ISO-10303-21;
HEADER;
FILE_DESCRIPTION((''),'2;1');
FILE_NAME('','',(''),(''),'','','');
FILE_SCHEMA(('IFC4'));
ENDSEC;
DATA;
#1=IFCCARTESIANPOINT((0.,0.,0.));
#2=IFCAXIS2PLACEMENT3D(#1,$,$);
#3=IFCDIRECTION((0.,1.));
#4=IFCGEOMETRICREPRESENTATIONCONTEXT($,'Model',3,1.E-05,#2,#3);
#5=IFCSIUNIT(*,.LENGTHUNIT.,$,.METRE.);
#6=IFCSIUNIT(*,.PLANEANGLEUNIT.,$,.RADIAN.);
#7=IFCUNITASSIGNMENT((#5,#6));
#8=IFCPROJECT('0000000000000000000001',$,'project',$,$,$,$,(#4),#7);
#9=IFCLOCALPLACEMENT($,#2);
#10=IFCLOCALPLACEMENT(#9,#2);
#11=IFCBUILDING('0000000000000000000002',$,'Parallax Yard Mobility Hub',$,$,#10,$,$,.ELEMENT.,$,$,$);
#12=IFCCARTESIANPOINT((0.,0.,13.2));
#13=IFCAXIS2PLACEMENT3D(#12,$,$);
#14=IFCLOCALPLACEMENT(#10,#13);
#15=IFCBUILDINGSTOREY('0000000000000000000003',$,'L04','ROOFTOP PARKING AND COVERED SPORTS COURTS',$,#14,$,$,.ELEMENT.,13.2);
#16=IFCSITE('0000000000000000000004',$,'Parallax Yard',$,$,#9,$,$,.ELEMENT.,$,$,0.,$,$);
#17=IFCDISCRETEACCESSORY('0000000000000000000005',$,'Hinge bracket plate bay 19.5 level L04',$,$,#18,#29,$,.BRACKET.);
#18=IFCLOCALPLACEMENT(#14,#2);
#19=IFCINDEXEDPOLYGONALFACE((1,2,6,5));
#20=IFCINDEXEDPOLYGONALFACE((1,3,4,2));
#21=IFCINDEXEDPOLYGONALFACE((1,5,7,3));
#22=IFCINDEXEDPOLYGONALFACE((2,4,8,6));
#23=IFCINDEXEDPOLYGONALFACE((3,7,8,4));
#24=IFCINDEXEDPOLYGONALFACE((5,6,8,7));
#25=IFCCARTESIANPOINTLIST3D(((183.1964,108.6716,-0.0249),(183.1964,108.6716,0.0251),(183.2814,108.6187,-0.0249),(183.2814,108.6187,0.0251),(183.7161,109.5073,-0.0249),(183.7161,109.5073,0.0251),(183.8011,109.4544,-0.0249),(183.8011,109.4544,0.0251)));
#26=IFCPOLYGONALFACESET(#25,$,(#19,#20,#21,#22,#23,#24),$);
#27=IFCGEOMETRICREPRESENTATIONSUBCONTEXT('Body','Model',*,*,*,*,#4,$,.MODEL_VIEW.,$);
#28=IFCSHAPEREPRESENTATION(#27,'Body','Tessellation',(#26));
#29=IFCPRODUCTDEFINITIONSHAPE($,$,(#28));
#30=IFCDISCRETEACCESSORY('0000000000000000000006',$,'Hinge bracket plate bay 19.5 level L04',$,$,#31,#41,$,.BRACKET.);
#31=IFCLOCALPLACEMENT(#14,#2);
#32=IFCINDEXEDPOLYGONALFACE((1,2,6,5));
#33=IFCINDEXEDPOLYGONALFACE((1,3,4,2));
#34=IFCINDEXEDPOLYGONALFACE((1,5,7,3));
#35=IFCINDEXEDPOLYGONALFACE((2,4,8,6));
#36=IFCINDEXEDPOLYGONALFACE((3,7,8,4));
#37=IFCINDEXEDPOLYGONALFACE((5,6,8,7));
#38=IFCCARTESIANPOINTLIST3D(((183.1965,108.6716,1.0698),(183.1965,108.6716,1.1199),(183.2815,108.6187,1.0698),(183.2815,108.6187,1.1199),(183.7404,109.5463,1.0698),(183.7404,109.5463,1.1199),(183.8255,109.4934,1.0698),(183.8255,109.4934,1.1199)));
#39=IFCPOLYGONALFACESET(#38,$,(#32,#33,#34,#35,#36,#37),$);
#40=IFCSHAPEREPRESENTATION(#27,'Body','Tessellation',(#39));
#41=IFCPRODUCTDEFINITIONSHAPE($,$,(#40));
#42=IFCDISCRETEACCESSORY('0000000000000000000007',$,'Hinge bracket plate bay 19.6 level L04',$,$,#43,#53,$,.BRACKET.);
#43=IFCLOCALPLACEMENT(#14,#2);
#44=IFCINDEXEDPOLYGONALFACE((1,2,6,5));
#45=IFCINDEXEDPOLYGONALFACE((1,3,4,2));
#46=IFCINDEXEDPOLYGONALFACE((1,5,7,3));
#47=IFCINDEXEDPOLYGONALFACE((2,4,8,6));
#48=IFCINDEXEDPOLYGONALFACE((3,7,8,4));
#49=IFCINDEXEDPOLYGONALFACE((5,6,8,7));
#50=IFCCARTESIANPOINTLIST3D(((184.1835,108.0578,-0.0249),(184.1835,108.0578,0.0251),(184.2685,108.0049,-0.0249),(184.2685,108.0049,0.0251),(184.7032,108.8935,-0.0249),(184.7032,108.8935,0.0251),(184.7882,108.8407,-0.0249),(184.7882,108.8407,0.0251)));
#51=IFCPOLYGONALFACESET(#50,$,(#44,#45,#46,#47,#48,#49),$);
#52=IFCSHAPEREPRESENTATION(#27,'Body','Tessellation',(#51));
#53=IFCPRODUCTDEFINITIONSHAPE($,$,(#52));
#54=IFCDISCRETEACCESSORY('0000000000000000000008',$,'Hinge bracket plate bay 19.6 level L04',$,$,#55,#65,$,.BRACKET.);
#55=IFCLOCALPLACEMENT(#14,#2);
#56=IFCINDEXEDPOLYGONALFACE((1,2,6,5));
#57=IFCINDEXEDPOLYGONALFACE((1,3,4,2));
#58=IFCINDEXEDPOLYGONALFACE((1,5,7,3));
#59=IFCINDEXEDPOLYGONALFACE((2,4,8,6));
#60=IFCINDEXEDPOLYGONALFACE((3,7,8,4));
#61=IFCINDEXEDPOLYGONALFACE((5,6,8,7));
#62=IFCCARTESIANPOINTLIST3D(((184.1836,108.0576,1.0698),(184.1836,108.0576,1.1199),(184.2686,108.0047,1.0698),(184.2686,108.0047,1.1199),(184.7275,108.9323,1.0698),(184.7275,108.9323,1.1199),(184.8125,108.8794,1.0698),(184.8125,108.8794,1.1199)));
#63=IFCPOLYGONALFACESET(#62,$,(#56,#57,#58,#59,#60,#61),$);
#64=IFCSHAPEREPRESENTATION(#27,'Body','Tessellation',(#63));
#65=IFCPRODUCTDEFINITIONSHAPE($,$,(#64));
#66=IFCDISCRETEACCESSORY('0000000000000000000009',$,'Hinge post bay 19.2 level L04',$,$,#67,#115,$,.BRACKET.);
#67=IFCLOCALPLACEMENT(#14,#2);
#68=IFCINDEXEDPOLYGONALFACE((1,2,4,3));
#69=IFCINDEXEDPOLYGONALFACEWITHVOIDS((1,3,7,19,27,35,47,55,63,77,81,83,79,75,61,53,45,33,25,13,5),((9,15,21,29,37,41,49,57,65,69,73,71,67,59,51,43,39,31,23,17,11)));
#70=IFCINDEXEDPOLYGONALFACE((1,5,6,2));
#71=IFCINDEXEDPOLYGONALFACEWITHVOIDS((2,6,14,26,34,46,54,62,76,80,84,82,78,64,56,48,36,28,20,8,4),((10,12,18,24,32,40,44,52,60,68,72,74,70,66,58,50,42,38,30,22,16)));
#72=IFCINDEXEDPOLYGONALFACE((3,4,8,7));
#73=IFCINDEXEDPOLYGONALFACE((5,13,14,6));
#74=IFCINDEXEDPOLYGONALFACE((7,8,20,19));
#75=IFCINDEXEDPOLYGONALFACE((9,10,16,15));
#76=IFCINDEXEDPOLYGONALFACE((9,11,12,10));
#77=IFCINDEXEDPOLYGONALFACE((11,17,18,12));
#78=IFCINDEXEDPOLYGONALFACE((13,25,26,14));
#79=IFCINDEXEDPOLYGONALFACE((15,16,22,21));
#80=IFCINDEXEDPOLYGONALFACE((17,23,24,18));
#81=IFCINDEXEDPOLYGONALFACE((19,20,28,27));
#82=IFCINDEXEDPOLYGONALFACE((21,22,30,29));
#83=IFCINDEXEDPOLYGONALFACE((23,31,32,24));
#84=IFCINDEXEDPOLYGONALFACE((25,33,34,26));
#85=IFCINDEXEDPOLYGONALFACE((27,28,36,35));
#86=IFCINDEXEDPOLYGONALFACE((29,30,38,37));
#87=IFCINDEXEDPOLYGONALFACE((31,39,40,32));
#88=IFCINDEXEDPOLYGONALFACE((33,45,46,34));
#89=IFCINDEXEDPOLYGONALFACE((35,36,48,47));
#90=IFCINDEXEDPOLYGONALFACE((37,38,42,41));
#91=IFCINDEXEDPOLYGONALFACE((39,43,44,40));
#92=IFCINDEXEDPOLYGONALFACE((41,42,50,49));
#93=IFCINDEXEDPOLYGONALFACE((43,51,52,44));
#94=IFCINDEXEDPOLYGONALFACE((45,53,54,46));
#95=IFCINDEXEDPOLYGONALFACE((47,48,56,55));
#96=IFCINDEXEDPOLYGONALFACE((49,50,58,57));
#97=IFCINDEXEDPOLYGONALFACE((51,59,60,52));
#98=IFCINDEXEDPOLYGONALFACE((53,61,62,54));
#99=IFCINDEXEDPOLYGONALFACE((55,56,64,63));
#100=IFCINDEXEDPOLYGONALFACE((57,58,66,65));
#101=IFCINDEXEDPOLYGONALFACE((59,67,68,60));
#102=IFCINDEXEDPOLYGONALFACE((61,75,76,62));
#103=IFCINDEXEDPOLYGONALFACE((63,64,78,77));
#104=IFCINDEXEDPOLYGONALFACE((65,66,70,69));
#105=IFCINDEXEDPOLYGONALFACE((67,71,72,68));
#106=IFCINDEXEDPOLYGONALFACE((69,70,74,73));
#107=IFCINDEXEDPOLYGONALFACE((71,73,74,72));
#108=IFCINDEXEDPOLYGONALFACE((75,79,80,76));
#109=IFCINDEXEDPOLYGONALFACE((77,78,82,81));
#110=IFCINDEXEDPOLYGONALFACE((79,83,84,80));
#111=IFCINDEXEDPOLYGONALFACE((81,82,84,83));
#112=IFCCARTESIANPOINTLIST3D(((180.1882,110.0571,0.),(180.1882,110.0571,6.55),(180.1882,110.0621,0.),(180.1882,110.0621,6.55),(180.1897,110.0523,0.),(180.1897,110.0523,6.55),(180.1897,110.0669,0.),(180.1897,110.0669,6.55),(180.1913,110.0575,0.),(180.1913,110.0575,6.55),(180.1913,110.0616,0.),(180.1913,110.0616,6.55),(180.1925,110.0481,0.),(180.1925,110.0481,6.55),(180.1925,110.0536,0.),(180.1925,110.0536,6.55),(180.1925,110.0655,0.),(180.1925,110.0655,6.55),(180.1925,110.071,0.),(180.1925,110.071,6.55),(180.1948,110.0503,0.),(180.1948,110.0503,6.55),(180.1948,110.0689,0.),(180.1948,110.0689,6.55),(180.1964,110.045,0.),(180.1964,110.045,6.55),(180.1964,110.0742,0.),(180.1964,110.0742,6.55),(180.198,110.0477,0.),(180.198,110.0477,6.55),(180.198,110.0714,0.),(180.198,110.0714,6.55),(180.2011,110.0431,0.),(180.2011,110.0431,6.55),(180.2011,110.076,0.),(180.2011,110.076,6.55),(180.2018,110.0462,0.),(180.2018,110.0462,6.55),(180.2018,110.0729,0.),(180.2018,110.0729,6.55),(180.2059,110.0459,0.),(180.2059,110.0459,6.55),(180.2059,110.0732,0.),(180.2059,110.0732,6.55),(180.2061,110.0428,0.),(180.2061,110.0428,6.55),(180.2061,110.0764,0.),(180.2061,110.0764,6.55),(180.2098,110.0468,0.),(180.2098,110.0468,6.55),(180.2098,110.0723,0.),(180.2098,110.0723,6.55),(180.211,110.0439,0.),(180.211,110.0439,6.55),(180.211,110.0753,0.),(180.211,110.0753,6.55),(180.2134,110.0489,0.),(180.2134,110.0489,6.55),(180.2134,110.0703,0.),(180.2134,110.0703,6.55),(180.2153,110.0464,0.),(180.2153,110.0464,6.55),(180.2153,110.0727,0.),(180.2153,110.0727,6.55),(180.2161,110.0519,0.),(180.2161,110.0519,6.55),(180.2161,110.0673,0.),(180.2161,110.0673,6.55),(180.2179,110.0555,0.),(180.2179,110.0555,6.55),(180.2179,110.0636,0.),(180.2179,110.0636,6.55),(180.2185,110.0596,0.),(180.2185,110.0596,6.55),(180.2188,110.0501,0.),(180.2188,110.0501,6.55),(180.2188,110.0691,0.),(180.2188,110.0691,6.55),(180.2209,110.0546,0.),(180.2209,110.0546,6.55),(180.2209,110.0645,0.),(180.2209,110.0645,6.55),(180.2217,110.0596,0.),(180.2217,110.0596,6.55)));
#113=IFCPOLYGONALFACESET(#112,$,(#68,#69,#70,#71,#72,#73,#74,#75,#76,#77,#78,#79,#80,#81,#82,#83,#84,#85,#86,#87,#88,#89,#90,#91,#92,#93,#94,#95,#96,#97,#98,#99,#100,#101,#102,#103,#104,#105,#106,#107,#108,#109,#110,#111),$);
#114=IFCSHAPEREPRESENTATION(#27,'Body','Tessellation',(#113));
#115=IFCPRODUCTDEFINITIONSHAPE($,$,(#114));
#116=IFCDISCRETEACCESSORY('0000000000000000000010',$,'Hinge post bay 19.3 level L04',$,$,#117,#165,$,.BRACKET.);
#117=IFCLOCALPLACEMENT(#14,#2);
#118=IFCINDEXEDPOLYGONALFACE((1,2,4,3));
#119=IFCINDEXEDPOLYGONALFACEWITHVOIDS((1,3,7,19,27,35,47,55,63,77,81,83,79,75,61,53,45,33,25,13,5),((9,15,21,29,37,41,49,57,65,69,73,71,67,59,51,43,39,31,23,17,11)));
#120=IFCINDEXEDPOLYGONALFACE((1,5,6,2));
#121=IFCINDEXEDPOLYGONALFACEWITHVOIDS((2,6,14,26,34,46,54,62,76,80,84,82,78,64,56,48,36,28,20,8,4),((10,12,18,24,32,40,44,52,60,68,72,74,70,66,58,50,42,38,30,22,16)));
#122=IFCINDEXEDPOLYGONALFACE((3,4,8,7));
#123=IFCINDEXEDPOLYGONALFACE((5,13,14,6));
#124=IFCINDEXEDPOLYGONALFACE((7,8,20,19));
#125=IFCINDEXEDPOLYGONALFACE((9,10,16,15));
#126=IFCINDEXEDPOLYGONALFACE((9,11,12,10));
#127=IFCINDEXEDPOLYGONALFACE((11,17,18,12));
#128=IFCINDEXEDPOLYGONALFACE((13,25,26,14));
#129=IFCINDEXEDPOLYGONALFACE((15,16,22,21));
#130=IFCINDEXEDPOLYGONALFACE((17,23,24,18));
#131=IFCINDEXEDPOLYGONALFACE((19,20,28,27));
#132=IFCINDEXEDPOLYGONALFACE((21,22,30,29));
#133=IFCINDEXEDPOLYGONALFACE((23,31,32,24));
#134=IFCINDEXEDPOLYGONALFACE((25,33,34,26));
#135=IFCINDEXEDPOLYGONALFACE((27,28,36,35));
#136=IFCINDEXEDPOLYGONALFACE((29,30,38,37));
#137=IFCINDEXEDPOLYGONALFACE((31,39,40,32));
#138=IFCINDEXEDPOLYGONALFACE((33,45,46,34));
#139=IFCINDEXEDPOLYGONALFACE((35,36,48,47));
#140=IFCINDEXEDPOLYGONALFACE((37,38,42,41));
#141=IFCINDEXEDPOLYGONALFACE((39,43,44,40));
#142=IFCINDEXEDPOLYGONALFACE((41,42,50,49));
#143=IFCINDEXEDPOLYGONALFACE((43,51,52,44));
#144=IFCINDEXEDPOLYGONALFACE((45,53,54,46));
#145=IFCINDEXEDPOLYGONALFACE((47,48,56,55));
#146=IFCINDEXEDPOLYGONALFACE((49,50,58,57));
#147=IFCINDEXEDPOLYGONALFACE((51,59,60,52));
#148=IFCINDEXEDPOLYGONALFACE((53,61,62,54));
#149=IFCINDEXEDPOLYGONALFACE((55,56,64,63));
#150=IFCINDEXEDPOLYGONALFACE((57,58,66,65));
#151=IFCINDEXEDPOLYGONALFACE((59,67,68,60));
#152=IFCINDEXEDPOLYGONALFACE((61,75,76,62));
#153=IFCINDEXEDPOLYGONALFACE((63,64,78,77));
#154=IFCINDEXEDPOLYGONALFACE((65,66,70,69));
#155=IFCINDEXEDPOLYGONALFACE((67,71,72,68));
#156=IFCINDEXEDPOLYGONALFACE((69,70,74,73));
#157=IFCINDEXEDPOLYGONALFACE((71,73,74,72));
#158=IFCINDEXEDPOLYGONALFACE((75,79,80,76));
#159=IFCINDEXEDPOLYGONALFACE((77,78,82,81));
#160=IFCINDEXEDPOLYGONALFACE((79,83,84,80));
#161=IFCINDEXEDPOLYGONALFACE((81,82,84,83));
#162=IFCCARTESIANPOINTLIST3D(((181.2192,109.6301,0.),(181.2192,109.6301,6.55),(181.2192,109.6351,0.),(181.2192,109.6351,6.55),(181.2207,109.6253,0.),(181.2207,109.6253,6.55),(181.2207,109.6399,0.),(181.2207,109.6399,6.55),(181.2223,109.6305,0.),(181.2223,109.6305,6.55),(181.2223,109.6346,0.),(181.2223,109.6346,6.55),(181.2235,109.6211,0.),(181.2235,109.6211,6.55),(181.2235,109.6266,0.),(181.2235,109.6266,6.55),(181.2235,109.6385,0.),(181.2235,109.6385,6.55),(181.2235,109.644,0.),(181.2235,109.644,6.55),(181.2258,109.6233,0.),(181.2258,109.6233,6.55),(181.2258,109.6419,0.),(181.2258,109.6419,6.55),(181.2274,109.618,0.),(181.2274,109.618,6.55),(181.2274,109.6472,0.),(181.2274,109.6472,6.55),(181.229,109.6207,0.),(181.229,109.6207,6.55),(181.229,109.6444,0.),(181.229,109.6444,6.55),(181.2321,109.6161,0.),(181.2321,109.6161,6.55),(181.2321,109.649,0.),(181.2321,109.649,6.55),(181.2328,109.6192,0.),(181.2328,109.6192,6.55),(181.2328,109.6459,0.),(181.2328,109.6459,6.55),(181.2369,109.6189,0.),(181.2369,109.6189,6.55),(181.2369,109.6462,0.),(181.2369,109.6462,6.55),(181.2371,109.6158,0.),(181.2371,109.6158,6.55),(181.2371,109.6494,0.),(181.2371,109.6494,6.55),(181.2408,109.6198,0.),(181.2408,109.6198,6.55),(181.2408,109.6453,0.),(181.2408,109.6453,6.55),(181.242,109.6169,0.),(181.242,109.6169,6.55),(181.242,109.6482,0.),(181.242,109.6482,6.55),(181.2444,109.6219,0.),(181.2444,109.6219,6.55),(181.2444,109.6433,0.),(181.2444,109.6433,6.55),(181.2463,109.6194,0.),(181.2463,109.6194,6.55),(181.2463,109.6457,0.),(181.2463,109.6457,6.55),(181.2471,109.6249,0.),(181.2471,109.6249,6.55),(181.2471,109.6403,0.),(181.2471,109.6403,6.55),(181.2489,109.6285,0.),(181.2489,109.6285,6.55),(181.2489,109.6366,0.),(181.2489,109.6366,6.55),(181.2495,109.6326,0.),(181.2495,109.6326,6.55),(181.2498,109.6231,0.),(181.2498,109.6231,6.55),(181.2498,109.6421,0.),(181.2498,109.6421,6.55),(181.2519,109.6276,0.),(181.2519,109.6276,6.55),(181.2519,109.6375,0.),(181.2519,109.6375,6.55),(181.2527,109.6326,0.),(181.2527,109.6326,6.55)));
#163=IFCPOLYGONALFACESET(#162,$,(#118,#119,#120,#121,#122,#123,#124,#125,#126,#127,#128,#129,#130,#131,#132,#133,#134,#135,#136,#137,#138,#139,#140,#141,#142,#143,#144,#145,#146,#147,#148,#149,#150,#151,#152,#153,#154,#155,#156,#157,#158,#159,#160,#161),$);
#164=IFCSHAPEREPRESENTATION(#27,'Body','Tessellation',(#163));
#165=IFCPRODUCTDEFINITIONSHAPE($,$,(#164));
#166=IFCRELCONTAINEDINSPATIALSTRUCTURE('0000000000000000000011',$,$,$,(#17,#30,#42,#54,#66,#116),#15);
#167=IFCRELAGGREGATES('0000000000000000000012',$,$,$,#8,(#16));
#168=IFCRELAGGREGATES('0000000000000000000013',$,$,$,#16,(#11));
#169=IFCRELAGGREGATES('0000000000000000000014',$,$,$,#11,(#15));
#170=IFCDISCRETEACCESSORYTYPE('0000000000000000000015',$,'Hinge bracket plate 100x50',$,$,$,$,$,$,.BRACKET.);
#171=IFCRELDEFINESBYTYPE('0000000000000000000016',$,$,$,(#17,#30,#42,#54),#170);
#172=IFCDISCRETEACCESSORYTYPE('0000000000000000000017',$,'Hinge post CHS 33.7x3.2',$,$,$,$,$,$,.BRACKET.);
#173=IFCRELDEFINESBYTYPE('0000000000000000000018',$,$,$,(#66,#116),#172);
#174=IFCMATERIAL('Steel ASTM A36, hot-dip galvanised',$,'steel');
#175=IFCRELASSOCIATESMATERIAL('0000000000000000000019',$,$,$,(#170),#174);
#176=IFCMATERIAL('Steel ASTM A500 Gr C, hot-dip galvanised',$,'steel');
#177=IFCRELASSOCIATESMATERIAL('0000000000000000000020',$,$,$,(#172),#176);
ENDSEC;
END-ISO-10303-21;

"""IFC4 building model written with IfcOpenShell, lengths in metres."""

from ifc_helpers import new_model, si_unit, direction, frame, origin, origin_2d, place, context, subcontext, project, spatial, rectangle, hollow_circle, extrude, material, material_profile, profile_set, type_object, element, save


model = new_model("IFC4")

# Units and contexts
model_context = context("Model", 3, precision=1e-05, world=origin(), true_north=direction((0.0, 1.0)))
body_context = subcontext(model_context, "Body", "Model", "MODEL_VIEW")
ifc_project = project(units=[si_unit("LENGTHUNIT", "METRE"), si_unit("PLANEANGLEUNIT", "RADIAN")], contexts=[model_context])

# Site, building, storey
site_placement = place(None, origin())
site = spatial("IfcSite", under=ifc_project, at=site_placement, Name="Parallax Yard", CompositionType="ELEMENT", RefElevation=0.0)
building_placement = place(site_placement, origin())
building = spatial("IfcBuilding", under=site, at=building_placement, Name="Parallax Yard Mobility Hub", CompositionType="ELEMENT")
storey_placement = place(building_placement, frame((0.0, 0.0, 13.2)))
storey = spatial("IfcBuildingStorey", under=building, at=storey_placement, Name="L04", Description="ROOFTOP PARKING AND COVERED SPORTS COURTS", CompositionType="ELEMENT", Elevation=13.2)

# Discrete accessories
ifc_material_1 = material(Name="Steel ASTM A36, hot-dip galvanised", Category="steel")
discrete_accessory_type_1 = type_object("IfcDiscreteAccessoryType", Name="Hinge bracket plate 100x50", PredefinedType="BRACKET", material=ifc_material_1)
discrete_accessory_1_placement = place(storey_placement, frame((183.4988, 109.063, -0.0249), z_axis=(0.0, 0.0, 1.0), x_axis=(-0.528068, -0.849202, 0.0)))
element("IfcDiscreteAccessory", 1, at=discrete_accessory_1_placement, inside=storey, type_object=discrete_accessory_type_1, Name="Hinge bracket plate bay 19.5 level L04", PredefinedType="BRACKET", context=body_context, shape_type="SweptSolid", body=[
    extrude(rectangle(XDim=0.9841, YDim=0.1001, at=origin_2d()), origin(), (0.0, 0.0, 1.0), 0.05),
])
discrete_accessory_2_placement = place(storey_placement, frame((183.511, 109.0825, 1.0698), z_axis=(0.0, 0.0, 1.0), x_axis=(-0.528068, -0.849202, 0.0)))
element("IfcDiscreteAccessory", 2, at=discrete_accessory_2_placement, inside=storey, type_object=discrete_accessory_type_1, Name="Hinge bracket plate bay 19.5 level L04", PredefinedType="BRACKET", context=body_context, shape_type="SweptSolid", body=[
    extrude(rectangle(XDim=1.03, YDim=0.1001, at=origin_2d()), origin(), (0.0, 0.0, 1.0), 0.05),
])
discrete_accessory_3_placement = place(storey_placement, frame((184.4858, 108.4492, -0.0249), z_axis=(0.0, 0.0, 1.0), x_axis=(-0.528068, -0.849202, 0.0)))
element("IfcDiscreteAccessory", 3, at=discrete_accessory_3_placement, inside=storey, type_object=discrete_accessory_type_1, Name="Hinge bracket plate bay 19.6 level L04", PredefinedType="BRACKET", context=body_context, shape_type="SweptSolid", body=[
    extrude(rectangle(XDim=0.9841, YDim=0.1001, at=origin_2d()), origin(), (0.0, 0.0, 1.0), 0.05),
])
discrete_accessory_4_placement = place(storey_placement, frame((184.498, 108.4685, 1.0698), z_axis=(0.0, 0.0, 1.0), x_axis=(-0.528068, -0.849202, 0.0)))
element("IfcDiscreteAccessory", 4, at=discrete_accessory_4_placement, inside=storey, type_object=discrete_accessory_type_1, Name="Hinge bracket plate bay 19.6 level L04", PredefinedType="BRACKET", context=body_context, shape_type="SweptSolid", body=[
    extrude(rectangle(XDim=1.03, YDim=0.1001, at=origin_2d()), origin(), (0.0, 0.0, 1.0), 0.05),
])
ifc_material_2 = material(Name="Steel ASTM A500 Gr C, hot-dip galvanised", Category="steel")
ifc_material_profile_1 = material_profile(ifc_material_2, hollow_circle(Radius=0.0168, WallThickness=0.0032, at=origin_2d()), Name="CHS 33.7x3.2")
ifc_profile_set_1 = profile_set([ifc_material_profile_1], Name="Steel ASTM A500 Gr C, hot-dip galvanised")
discrete_accessory_type_2 = type_object("IfcDiscreteAccessoryType", Name="Hinge post CHS 33.7x3.2", PredefinedType="BRACKET", material=ifc_profile_set_1)
for number, where, z_axis, x_axis, name in (
    (5, (180.2048, 110.0596, 0.0), (0.0, 0.0, 1.0), (1.0, 0.0, 0.0), "Hinge post bay 19.2 level L04"),
    (6, (181.2358, 109.6326, 0.0), (0.0, 0.0, 1.0), (1.0, 0.0, 0.0), "Hinge post bay 19.3 level L04"),
):
    element("IfcDiscreteAccessory", number, at=place(storey_placement, frame(where, z_axis=z_axis, x_axis=x_axis)), inside=storey, type_object=discrete_accessory_type_2, Name=name, PredefinedType="BRACKET", context=body_context, shape_type="SweptSolid", body=[
        extrude(hollow_circle(Radius=0.0168, WallThickness=0.0032, at=origin_2d()), origin(), (0.0, 0.0, 1.0), 6.55),
    ])

save(model, "model.ifc")
